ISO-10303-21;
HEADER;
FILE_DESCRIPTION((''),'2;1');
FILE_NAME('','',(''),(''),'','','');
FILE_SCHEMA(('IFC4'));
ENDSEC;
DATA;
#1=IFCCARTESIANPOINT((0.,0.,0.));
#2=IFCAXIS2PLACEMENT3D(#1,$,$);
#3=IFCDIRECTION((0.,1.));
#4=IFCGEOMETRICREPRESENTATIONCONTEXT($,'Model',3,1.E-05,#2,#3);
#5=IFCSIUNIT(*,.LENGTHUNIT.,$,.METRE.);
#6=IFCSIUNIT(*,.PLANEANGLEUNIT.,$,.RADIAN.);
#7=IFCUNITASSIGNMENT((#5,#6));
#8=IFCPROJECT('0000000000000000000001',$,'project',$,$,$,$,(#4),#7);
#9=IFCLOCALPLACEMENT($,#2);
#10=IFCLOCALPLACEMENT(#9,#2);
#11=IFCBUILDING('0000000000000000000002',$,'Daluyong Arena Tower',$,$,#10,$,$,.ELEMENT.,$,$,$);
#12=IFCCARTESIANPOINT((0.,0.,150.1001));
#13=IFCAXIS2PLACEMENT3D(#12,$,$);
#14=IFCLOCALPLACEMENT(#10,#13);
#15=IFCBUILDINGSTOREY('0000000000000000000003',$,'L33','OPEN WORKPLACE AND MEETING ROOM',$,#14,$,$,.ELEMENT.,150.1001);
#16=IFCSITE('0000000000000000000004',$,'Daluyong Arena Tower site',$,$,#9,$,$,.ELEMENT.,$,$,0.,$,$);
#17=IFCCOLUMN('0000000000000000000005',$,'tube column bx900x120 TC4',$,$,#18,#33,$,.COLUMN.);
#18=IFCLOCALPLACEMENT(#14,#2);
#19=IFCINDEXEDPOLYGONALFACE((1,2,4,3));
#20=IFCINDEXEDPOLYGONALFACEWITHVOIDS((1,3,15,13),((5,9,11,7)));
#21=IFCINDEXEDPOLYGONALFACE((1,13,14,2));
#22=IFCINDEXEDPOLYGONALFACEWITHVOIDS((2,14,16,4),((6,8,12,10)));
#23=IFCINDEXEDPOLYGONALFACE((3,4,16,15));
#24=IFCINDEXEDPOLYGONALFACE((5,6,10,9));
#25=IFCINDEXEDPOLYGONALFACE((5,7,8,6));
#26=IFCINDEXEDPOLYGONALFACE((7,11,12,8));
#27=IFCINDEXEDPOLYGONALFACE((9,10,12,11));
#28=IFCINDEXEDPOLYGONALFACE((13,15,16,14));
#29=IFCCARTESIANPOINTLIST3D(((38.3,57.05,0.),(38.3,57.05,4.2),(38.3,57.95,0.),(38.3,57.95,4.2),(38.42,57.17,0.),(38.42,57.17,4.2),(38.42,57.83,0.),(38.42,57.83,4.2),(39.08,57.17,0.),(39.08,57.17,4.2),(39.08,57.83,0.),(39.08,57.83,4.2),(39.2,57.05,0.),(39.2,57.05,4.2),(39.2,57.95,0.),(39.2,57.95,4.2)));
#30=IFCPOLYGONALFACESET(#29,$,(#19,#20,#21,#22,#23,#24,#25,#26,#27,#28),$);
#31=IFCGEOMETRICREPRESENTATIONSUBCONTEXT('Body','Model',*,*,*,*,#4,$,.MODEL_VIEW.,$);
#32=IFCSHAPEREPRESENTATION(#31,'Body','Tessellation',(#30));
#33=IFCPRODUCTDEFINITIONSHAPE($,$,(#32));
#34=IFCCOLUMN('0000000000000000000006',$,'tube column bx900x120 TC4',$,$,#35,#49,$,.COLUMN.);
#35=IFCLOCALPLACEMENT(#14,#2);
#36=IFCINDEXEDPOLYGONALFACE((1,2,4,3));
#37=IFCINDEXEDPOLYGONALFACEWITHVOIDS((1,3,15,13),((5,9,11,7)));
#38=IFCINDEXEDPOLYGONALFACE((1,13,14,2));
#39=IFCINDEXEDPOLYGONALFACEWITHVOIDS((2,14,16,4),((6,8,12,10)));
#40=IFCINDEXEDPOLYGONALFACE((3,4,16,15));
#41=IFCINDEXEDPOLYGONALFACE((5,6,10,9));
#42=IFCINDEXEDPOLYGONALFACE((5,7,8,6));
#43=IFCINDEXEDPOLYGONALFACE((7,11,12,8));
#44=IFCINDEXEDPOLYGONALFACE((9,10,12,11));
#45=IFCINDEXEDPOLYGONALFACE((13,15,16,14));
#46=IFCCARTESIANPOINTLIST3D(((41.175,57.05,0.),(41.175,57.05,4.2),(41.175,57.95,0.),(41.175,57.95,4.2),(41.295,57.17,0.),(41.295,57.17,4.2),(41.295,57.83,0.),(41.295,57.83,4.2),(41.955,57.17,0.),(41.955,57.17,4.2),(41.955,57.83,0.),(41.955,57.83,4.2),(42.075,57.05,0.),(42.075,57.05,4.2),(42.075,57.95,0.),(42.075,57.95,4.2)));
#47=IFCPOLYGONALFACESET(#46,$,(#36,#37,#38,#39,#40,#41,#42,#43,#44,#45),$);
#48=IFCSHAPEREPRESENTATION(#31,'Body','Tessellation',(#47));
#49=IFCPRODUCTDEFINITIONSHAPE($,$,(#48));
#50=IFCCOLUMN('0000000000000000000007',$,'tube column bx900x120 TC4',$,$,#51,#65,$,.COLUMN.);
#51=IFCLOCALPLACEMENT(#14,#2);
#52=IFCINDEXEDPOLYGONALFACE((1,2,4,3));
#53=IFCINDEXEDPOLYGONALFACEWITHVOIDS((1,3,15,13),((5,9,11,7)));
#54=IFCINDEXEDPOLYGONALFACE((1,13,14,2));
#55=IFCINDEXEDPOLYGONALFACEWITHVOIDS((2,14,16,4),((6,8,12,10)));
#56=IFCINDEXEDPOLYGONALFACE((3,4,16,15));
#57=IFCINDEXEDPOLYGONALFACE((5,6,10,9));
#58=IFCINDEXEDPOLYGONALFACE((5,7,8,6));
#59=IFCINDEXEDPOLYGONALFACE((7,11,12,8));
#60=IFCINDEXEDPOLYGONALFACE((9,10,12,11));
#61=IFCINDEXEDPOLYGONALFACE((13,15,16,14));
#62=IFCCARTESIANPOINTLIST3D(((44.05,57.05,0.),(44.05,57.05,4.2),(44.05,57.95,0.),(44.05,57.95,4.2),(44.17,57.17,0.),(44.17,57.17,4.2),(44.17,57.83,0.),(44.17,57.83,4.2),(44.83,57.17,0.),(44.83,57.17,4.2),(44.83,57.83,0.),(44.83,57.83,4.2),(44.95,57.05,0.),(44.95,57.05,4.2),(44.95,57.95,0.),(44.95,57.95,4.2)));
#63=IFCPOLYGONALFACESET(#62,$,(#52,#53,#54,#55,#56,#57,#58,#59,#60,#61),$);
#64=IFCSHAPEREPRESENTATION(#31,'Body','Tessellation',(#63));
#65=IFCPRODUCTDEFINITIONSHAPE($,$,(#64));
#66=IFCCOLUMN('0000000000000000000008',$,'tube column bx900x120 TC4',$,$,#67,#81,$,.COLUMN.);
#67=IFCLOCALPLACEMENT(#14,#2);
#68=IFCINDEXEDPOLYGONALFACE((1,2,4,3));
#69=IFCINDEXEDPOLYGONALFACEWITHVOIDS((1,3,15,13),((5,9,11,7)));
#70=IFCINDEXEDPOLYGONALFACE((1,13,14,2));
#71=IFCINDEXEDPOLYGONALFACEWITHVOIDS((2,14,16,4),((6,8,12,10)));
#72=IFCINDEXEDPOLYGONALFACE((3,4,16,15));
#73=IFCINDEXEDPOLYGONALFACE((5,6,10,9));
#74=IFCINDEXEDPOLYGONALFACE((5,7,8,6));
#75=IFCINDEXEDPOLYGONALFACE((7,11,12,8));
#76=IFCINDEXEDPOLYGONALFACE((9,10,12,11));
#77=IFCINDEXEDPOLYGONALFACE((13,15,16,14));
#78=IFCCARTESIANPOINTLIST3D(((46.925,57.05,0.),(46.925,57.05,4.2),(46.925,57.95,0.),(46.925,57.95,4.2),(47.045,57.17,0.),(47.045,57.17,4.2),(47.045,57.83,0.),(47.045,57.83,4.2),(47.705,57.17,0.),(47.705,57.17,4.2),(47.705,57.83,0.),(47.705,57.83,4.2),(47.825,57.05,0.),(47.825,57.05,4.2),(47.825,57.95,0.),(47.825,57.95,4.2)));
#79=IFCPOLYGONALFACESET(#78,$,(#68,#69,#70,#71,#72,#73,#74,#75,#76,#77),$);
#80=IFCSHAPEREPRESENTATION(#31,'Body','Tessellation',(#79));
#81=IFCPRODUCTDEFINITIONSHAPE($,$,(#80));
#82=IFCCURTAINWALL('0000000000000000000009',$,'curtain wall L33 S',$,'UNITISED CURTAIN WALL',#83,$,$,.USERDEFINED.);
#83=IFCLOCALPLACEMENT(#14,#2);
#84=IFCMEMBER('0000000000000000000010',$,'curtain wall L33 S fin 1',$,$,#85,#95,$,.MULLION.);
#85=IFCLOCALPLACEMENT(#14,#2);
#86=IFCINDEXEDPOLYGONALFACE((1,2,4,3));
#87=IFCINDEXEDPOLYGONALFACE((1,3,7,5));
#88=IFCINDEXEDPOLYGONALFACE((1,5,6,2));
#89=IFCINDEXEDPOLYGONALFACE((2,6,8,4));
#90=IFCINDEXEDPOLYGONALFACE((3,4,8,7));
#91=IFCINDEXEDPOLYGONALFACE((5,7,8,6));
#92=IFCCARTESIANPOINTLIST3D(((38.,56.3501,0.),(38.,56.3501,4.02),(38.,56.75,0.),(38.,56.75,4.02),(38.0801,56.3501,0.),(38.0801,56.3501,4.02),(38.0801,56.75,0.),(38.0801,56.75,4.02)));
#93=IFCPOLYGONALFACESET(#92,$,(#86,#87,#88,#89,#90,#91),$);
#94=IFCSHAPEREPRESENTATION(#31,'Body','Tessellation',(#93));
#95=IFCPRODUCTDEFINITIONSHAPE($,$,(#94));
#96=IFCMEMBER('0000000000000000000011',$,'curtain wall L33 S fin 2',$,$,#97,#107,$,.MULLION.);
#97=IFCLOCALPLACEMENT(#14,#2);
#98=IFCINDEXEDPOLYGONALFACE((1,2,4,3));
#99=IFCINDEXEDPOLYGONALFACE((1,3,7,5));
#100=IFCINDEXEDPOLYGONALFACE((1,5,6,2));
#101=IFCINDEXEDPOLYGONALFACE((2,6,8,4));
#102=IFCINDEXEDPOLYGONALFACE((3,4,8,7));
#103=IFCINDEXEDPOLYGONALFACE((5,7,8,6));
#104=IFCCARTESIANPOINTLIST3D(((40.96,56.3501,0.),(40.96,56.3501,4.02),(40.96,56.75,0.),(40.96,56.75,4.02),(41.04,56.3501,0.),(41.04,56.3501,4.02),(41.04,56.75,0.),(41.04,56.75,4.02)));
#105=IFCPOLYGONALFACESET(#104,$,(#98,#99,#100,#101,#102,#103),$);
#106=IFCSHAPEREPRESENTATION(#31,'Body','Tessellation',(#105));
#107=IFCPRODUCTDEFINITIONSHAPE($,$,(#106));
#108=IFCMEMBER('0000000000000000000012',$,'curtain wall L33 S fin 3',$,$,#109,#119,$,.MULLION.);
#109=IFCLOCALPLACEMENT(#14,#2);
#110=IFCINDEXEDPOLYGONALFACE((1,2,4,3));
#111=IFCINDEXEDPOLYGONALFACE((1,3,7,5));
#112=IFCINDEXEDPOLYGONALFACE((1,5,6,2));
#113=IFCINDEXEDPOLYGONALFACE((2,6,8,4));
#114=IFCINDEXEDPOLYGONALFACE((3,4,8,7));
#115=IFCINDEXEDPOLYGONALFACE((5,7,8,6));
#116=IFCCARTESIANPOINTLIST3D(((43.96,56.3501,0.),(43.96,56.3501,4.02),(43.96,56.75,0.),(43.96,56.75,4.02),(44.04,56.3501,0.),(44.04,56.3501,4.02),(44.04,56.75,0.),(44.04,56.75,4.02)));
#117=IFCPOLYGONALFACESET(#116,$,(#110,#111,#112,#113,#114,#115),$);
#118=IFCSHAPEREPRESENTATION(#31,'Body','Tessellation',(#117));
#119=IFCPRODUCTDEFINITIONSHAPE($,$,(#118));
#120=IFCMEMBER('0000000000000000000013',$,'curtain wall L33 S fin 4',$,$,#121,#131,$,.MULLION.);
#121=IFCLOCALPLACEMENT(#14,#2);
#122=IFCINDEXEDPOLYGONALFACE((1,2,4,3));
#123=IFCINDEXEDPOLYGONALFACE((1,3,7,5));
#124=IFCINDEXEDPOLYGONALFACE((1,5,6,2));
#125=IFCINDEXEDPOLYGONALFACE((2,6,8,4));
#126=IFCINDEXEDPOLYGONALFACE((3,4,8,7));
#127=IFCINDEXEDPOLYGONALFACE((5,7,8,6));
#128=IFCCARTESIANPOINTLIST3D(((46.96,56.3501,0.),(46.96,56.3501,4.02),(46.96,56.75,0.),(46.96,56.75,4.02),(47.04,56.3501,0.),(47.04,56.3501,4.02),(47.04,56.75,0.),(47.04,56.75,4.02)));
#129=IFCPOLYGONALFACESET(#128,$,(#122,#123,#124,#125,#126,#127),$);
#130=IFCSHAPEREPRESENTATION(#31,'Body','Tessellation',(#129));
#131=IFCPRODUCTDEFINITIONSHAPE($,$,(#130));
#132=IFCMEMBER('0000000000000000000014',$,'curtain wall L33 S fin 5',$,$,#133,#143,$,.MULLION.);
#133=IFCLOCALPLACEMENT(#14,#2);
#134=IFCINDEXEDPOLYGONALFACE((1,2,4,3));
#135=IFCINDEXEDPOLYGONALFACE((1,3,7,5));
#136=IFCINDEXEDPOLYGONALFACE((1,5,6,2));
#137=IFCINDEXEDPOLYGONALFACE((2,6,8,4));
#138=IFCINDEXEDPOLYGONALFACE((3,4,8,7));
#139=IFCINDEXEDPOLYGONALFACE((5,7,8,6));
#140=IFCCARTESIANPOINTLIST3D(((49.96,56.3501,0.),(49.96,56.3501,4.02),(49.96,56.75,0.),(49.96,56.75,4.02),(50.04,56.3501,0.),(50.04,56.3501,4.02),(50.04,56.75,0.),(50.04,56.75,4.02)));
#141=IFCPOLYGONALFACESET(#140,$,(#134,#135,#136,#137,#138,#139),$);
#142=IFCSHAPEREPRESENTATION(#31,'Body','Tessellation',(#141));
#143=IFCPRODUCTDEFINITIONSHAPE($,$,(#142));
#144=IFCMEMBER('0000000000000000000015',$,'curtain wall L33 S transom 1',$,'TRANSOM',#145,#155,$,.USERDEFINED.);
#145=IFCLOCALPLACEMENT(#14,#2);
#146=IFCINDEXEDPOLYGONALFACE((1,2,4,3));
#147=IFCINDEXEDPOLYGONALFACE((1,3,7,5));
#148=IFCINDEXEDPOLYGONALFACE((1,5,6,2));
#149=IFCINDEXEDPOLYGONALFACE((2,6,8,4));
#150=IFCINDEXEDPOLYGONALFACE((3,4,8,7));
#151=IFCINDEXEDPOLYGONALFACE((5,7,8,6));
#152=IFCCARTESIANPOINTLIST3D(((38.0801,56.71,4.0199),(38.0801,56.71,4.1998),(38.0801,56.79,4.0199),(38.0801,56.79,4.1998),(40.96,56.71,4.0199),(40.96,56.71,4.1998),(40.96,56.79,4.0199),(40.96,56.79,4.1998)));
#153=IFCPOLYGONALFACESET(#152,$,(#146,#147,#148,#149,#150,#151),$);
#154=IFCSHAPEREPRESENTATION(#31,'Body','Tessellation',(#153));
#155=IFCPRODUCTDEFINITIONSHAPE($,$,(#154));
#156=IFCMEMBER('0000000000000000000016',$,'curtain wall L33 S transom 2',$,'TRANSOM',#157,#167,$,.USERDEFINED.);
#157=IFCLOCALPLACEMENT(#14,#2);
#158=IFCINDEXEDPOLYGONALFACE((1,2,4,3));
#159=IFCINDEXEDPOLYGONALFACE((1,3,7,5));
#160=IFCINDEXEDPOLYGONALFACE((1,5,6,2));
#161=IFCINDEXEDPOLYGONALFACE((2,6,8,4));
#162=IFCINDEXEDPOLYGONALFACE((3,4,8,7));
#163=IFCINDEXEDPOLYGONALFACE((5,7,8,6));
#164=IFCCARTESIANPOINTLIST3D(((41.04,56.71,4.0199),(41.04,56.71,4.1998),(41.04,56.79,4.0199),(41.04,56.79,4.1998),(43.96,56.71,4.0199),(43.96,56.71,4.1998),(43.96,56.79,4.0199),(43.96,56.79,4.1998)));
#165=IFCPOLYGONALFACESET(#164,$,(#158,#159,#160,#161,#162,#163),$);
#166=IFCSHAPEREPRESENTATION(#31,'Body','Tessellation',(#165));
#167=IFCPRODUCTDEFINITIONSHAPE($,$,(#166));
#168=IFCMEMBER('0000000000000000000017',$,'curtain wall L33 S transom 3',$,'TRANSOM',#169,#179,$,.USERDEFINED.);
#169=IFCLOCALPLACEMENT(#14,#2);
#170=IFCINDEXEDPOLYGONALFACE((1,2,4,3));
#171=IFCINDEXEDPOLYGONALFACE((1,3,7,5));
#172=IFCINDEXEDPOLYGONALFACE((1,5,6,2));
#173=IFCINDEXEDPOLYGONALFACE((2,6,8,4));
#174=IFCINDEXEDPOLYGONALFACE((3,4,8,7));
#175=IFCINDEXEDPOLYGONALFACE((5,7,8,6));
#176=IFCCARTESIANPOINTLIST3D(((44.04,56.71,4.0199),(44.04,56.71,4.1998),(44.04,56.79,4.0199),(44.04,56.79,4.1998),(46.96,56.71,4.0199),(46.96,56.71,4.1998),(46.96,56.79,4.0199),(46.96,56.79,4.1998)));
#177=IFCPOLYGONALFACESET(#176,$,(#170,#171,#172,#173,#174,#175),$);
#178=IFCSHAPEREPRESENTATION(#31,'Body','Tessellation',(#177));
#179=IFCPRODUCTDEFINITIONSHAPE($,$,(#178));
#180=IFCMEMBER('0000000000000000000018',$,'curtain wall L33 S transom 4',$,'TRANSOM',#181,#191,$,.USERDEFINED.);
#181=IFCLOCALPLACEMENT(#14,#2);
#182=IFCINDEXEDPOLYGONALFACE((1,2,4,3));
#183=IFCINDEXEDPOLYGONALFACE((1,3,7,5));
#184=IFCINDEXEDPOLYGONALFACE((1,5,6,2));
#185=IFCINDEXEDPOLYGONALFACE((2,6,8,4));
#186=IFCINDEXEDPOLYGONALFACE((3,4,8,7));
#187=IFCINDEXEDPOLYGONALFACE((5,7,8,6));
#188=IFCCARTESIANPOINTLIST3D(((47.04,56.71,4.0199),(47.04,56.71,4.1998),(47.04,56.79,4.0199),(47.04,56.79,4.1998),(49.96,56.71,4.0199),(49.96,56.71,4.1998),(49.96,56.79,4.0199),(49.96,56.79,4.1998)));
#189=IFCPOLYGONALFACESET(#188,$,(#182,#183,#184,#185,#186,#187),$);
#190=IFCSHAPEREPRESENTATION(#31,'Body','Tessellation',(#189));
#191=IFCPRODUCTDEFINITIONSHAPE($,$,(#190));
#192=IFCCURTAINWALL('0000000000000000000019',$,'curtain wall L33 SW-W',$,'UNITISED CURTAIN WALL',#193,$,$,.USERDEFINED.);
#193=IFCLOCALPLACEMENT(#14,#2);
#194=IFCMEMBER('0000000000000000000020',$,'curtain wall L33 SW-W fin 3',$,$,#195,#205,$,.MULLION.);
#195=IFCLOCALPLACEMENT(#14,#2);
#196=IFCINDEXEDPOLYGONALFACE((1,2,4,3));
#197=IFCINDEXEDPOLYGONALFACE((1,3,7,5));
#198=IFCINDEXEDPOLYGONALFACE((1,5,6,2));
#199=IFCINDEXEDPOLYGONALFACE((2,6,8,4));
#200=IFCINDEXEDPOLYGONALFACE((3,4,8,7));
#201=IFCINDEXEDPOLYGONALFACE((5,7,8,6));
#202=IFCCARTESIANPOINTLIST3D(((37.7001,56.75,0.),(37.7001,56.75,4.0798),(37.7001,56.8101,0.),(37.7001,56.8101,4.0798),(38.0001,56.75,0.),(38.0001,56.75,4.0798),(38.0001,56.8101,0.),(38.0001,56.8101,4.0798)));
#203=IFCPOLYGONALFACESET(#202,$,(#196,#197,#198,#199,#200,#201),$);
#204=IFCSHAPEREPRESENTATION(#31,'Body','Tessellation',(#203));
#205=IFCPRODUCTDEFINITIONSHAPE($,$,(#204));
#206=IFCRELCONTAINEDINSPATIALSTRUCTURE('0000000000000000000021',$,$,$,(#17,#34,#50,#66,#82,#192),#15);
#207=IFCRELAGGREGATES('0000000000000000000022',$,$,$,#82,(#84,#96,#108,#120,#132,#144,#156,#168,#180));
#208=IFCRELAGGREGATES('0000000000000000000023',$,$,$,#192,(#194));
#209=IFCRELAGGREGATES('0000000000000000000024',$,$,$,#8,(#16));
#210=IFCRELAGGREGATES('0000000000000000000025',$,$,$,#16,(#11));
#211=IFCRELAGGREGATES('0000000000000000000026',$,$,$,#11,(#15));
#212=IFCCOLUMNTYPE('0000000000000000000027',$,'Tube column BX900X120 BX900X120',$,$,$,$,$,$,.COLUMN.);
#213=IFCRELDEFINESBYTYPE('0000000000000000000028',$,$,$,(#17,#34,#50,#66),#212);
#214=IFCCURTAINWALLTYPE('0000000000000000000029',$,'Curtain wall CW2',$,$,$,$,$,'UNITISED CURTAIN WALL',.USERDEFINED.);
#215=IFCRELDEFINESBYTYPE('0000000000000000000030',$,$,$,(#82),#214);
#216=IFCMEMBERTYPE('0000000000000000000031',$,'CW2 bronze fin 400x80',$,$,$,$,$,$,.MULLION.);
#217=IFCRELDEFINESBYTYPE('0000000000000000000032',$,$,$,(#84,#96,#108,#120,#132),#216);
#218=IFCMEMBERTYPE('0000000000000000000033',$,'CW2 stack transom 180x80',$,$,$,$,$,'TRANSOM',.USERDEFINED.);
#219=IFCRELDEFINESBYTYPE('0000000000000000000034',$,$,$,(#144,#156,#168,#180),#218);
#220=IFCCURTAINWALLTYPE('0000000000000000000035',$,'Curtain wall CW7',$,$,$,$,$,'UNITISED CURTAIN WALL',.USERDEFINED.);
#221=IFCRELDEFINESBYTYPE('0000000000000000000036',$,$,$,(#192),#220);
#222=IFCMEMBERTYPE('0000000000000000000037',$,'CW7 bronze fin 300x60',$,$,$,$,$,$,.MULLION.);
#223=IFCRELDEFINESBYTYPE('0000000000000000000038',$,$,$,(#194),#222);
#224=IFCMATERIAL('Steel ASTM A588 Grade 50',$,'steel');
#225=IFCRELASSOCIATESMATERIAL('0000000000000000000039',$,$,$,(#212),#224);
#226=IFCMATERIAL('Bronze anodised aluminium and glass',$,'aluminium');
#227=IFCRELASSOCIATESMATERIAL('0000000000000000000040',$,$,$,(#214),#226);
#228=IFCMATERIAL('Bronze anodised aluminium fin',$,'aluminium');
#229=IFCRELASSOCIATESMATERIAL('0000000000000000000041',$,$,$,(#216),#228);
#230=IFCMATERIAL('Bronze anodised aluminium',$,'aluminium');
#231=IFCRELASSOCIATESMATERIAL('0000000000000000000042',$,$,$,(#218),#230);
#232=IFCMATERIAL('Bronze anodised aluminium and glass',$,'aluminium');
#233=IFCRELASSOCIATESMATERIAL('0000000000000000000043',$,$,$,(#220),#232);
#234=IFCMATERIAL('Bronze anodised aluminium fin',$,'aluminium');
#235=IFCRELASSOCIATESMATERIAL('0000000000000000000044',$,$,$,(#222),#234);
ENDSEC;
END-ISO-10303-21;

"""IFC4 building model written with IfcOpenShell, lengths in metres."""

from ifc_helpers import new_model, si_unit, direction, frame, origin, origin_2d, place, context, subcontext, project, spatial, rectangle, hollow_rectangle, extrude, material, material_profile, profile_set, type_object, element, aggregate, save


model = new_model("IFC4")

# Units and contexts
model_context = context("Model", 3, precision=1e-05, world=origin(), true_north=direction((0.0, 1.0)))
body_context = subcontext(model_context, "Body", "Model", "MODEL_VIEW")
ifc_project = project(units=[si_unit("LENGTHUNIT", "METRE"), si_unit("PLANEANGLEUNIT", "RADIAN")], contexts=[model_context])

# Site, building, storey
site_placement = place(None, origin())
site = spatial("IfcSite", under=ifc_project, at=site_placement, Name="Daluyong Arena Tower site", CompositionType="ELEMENT", RefElevation=0.0)
building_placement = place(site_placement, origin())
building = spatial("IfcBuilding", under=site, at=building_placement, Name="Daluyong Arena Tower", CompositionType="ELEMENT")
storey_placement = place(building_placement, frame((0.0, 0.0, 150.1001)))
storey = spatial("IfcBuildingStorey", under=building, at=storey_placement, Name="L33", Description="OPEN WORKPLACE AND MEETING ROOM", CompositionType="ELEMENT", Elevation=150.1001)

# Columns
ifc_material_1 = material(Name="Steel ASTM A588 Grade 50", Category="steel")
ifc_material_profile_1 = material_profile(ifc_material_1, hollow_rectangle(XDim=0.8999, YDim=0.8999, WallThickness=0.12, at=origin_2d()))
ifc_profile_set_1 = profile_set([ifc_material_profile_1], Name="Steel ASTM A588 Grade 50")
column_type = type_object("IfcColumnType", Name="Tube column BX900X120 BX900X120", PredefinedType="COLUMN", material=ifc_profile_set_1)
for number, where, z_axis, x_axis, name in (
    (1, (38.75, 57.5, 0.0), (0.0, 0.0, 1.0), (1.0, 0.0, 0.0), "tube column bx900x120 TC4"),
    (2, (41.625, 57.5, 0.0), (0.0, 0.0, 1.0), (1.0, 0.0, 0.0), "tube column bx900x120 TC4"),
    (3, (44.5, 57.5, 0.0), (0.0, 0.0, 1.0), (1.0, 0.0, 0.0), "tube column bx900x120 TC4"),
    (4, (47.375, 57.5, 0.0), (0.0, 0.0, 1.0), (1.0, 0.0, 0.0), "tube column bx900x120 TC4"),
):
    element("IfcColumn", number, at=place(storey_placement, frame(where, z_axis=z_axis, x_axis=x_axis)), inside=storey, type_object=column_type, Name=name, PredefinedType="COLUMN", context=body_context, shape_type="SweptSolid", body=[
        extrude(hollow_rectangle(XDim=0.8999, YDim=0.8999, WallThickness=0.12, at=origin_2d()), origin(), (0.0, 0.0, 1.0), 4.2),
    ])

# Curtain wall, members
ifc_material_2 = material(Name="Bronze anodised aluminium and glass", Category="aluminium")
curtain_wall_type_1 = type_object("IfcCurtainWallType", Name="Curtain wall CW2", ElementType="UNITISED CURTAIN WALL", PredefinedType="USERDEFINED", material=ifc_material_2)
curtain_wall_1_placement = place(storey_placement, origin())
curtain_wall_1 = element("IfcCurtainWall", 5, at=curtain_wall_1_placement, inside=storey, type_object=curtain_wall_type_1, Name="curtain wall L33 S", ObjectType="UNITISED CURTAIN WALL", PredefinedType="USERDEFINED")
ifc_material_3 = material(Name="Bronze anodised aluminium fin", Category="aluminium")
ifc_material_profile_2 = material_profile(ifc_material_3, rectangle(XDim=0.3999, YDim=0.0801, at=origin_2d()))
ifc_profile_set_2 = profile_set([ifc_material_profile_2], Name="Bronze anodised aluminium fin")
member_type_1 = type_object("IfcMemberType", Name="CW2 bronze fin 400x80", PredefinedType="MULLION", material=ifc_profile_set_2)
member_1_placement = place(storey_placement, frame((38.04, 56.55, 0.0), z_axis=(0.0, 0.0, 1.0), x_axis=(0.0, 1.0, 0.0)))
member_1 = element("IfcMember", 6, at=member_1_placement, type_object=member_type_1, Name="curtain wall L33 S fin 1", PredefinedType="MULLION", context=body_context, shape_type="SweptSolid", body=[
    extrude(rectangle(XDim=0.3999, YDim=0.0801, at=origin_2d()), origin(), (0.0, 0.0, 1.0), 4.02),
])
member_2_placement = place(storey_placement, frame((41.0, 56.55, 0.0), z_axis=(0.0, 0.0, 1.0), x_axis=(0.0, 1.0, 0.0)))
member_2 = element("IfcMember", 7, at=member_2_placement, type_object=member_type_1, Name="curtain wall L33 S fin 2", PredefinedType="MULLION", context=body_context, shape_type="SweptSolid", body=[
    extrude(rectangle(XDim=0.3999, YDim=0.0801, at=origin_2d()), origin(), (0.0, 0.0, 1.0), 4.02),
])
member_3_placement = place(storey_placement, frame((44.0, 56.55, 0.0), z_axis=(0.0, 0.0, 1.0), x_axis=(0.0, 1.0, 0.0)))
member_3 = element("IfcMember", 8, at=member_3_placement, type_object=member_type_1, Name="curtain wall L33 S fin 3", PredefinedType="MULLION", context=body_context, shape_type="SweptSolid", body=[
    extrude(rectangle(XDim=0.3999, YDim=0.0801, at=origin_2d()), origin(), (0.0, 0.0, 1.0), 4.02),
])
member_4_placement = place(storey_placement, frame((47.0, 56.55, 0.0), z_axis=(0.0, 0.0, 1.0), x_axis=(0.0, 1.0, 0.0)))
member_4 = element("IfcMember", 9, at=member_4_placement, type_object=member_type_1, Name="curtain wall L33 S fin 4", PredefinedType="MULLION", context=body_context, shape_type="SweptSolid", body=[
    extrude(rectangle(XDim=0.3999, YDim=0.0801, at=origin_2d()), origin(), (0.0, 0.0, 1.0), 4.02),
])
member_5_placement = place(storey_placement, frame((50.0, 56.55, 0.0), z_axis=(0.0, 0.0, 1.0), x_axis=(0.0, 1.0, 0.0)))
member_5 = element("IfcMember", 10, at=member_5_placement, type_object=member_type_1, Name="curtain wall L33 S fin 5", PredefinedType="MULLION", context=body_context, shape_type="SweptSolid", body=[
    extrude(rectangle(XDim=0.3999, YDim=0.0801, at=origin_2d()), origin(), (0.0, 0.0, 1.0), 4.02),
])
ifc_material_4 = material(Name="Bronze anodised aluminium", Category="aluminium")
ifc_material_profile_3 = material_profile(ifc_material_4, rectangle(XDim=0.0801, YDim=0.1799, at=origin_2d()))
ifc_profile_set_3 = profile_set([ifc_material_profile_3], Name="Bronze anodised aluminium")
member_type_2 = type_object("IfcMemberType", Name="CW2 stack transom 180x80", ElementType="TRANSOM", PredefinedType="USERDEFINED", material=ifc_profile_set_3)
member_6_placement = place(storey_placement, frame((38.0801, 56.75, 4.1099), z_axis=(1.0, 0.0, 0.0), x_axis=(0.0, 1.0, 0.0)))
member_6 = element("IfcMember", 11, at=member_6_placement, type_object=member_type_2, Name="curtain wall L33 S transom 1", ObjectType="TRANSOM", PredefinedType="USERDEFINED", context=body_context, shape_type="SweptSolid", body=[
    extrude(rectangle(XDim=0.0801, YDim=0.1799, at=origin_2d()), origin(), (0.0, 0.0, 1.0), 2.8799),
])
member_7_placement = place(storey_placement, frame((41.04, 56.75, 4.1099), z_axis=(1.0, 0.0, 0.0), x_axis=(0.0, 1.0, 0.0)))
member_7 = element("IfcMember", 12, at=member_7_placement, type_object=member_type_2, Name="curtain wall L33 S transom 2", ObjectType="TRANSOM", PredefinedType="USERDEFINED", context=body_context, shape_type="SweptSolid", body=[
    extrude(rectangle(XDim=0.0801, YDim=0.1799, at=origin_2d()), origin(), (0.0, 0.0, 1.0), 2.9199),
])
member_8_placement = place(storey_placement, frame((44.04, 56.75, 4.1099), z_axis=(1.0, 0.0, 0.0), x_axis=(0.0, 1.0, 0.0)))
member_8 = element("IfcMember", 13, at=member_8_placement, type_object=member_type_2, Name="curtain wall L33 S transom 3", ObjectType="TRANSOM", PredefinedType="USERDEFINED", context=body_context, shape_type="SweptSolid", body=[
    extrude(rectangle(XDim=0.0801, YDim=0.1799, at=origin_2d()), origin(), (0.0, 0.0, 1.0), 2.9199),
])
member_9_placement = place(storey_placement, frame((47.04, 56.75, 4.1099), z_axis=(1.0, 0.0, 0.0), x_axis=(0.0, 1.0, 0.0)))
member_9 = element("IfcMember", 14, at=member_9_placement, type_object=member_type_2, Name="curtain wall L33 S transom 4", ObjectType="TRANSOM", PredefinedType="USERDEFINED", context=body_context, shape_type="SweptSolid", body=[
    extrude(rectangle(XDim=0.0801, YDim=0.1799, at=origin_2d()), origin(), (0.0, 0.0, 1.0), 2.9199),
])

# Curtain wall, member
ifc_material_5 = material(Name="Bronze anodised aluminium and glass", Category="aluminium")
curtain_wall_type_2 = type_object("IfcCurtainWallType", Name="Curtain wall CW7", ElementType="UNITISED CURTAIN WALL", PredefinedType="USERDEFINED", material=ifc_material_5)
curtain_wall_2_placement = place(storey_placement, origin())
curtain_wall_2 = element("IfcCurtainWall", 15, at=curtain_wall_2_placement, inside=storey, type_object=curtain_wall_type_2, Name="curtain wall L33 SW-W", ObjectType="UNITISED CURTAIN WALL", PredefinedType="USERDEFINED")
ifc_material_6 = material(Name="Bronze anodised aluminium fin", Category="aluminium")
ifc_material_profile_4 = material_profile(ifc_material_6, rectangle(XDim=0.3, YDim=0.0601, at=origin_2d()))
ifc_profile_set_4 = profile_set([ifc_material_profile_4], Name="Bronze anodised aluminium fin")
member_type_3 = type_object("IfcMemberType", Name="CW7 bronze fin 300x60", PredefinedType="MULLION", material=ifc_profile_set_4)
member_10_placement = place(storey_placement, frame((37.8501, 56.78, 0.0), z_axis=(0.0, 0.0, 1.0), x_axis=(1.0, 0.0, 0.0)))
member_10 = element("IfcMember", 16, at=member_10_placement, type_object=member_type_3, Name="curtain wall L33 SW-W fin 3", PredefinedType="MULLION", context=body_context, shape_type="SweptSolid", body=[
    extrude(rectangle(XDim=0.3, YDim=0.0601, at=origin_2d()), origin(), (0.0, 0.0, 1.0), 4.0798),
])

aggregate(curtain_wall_1, [member_1, member_2, member_3, member_4, member_5, member_6, member_7, member_8, member_9])
aggregate(curtain_wall_2, [member_10])

save(model, "model.ifc")
